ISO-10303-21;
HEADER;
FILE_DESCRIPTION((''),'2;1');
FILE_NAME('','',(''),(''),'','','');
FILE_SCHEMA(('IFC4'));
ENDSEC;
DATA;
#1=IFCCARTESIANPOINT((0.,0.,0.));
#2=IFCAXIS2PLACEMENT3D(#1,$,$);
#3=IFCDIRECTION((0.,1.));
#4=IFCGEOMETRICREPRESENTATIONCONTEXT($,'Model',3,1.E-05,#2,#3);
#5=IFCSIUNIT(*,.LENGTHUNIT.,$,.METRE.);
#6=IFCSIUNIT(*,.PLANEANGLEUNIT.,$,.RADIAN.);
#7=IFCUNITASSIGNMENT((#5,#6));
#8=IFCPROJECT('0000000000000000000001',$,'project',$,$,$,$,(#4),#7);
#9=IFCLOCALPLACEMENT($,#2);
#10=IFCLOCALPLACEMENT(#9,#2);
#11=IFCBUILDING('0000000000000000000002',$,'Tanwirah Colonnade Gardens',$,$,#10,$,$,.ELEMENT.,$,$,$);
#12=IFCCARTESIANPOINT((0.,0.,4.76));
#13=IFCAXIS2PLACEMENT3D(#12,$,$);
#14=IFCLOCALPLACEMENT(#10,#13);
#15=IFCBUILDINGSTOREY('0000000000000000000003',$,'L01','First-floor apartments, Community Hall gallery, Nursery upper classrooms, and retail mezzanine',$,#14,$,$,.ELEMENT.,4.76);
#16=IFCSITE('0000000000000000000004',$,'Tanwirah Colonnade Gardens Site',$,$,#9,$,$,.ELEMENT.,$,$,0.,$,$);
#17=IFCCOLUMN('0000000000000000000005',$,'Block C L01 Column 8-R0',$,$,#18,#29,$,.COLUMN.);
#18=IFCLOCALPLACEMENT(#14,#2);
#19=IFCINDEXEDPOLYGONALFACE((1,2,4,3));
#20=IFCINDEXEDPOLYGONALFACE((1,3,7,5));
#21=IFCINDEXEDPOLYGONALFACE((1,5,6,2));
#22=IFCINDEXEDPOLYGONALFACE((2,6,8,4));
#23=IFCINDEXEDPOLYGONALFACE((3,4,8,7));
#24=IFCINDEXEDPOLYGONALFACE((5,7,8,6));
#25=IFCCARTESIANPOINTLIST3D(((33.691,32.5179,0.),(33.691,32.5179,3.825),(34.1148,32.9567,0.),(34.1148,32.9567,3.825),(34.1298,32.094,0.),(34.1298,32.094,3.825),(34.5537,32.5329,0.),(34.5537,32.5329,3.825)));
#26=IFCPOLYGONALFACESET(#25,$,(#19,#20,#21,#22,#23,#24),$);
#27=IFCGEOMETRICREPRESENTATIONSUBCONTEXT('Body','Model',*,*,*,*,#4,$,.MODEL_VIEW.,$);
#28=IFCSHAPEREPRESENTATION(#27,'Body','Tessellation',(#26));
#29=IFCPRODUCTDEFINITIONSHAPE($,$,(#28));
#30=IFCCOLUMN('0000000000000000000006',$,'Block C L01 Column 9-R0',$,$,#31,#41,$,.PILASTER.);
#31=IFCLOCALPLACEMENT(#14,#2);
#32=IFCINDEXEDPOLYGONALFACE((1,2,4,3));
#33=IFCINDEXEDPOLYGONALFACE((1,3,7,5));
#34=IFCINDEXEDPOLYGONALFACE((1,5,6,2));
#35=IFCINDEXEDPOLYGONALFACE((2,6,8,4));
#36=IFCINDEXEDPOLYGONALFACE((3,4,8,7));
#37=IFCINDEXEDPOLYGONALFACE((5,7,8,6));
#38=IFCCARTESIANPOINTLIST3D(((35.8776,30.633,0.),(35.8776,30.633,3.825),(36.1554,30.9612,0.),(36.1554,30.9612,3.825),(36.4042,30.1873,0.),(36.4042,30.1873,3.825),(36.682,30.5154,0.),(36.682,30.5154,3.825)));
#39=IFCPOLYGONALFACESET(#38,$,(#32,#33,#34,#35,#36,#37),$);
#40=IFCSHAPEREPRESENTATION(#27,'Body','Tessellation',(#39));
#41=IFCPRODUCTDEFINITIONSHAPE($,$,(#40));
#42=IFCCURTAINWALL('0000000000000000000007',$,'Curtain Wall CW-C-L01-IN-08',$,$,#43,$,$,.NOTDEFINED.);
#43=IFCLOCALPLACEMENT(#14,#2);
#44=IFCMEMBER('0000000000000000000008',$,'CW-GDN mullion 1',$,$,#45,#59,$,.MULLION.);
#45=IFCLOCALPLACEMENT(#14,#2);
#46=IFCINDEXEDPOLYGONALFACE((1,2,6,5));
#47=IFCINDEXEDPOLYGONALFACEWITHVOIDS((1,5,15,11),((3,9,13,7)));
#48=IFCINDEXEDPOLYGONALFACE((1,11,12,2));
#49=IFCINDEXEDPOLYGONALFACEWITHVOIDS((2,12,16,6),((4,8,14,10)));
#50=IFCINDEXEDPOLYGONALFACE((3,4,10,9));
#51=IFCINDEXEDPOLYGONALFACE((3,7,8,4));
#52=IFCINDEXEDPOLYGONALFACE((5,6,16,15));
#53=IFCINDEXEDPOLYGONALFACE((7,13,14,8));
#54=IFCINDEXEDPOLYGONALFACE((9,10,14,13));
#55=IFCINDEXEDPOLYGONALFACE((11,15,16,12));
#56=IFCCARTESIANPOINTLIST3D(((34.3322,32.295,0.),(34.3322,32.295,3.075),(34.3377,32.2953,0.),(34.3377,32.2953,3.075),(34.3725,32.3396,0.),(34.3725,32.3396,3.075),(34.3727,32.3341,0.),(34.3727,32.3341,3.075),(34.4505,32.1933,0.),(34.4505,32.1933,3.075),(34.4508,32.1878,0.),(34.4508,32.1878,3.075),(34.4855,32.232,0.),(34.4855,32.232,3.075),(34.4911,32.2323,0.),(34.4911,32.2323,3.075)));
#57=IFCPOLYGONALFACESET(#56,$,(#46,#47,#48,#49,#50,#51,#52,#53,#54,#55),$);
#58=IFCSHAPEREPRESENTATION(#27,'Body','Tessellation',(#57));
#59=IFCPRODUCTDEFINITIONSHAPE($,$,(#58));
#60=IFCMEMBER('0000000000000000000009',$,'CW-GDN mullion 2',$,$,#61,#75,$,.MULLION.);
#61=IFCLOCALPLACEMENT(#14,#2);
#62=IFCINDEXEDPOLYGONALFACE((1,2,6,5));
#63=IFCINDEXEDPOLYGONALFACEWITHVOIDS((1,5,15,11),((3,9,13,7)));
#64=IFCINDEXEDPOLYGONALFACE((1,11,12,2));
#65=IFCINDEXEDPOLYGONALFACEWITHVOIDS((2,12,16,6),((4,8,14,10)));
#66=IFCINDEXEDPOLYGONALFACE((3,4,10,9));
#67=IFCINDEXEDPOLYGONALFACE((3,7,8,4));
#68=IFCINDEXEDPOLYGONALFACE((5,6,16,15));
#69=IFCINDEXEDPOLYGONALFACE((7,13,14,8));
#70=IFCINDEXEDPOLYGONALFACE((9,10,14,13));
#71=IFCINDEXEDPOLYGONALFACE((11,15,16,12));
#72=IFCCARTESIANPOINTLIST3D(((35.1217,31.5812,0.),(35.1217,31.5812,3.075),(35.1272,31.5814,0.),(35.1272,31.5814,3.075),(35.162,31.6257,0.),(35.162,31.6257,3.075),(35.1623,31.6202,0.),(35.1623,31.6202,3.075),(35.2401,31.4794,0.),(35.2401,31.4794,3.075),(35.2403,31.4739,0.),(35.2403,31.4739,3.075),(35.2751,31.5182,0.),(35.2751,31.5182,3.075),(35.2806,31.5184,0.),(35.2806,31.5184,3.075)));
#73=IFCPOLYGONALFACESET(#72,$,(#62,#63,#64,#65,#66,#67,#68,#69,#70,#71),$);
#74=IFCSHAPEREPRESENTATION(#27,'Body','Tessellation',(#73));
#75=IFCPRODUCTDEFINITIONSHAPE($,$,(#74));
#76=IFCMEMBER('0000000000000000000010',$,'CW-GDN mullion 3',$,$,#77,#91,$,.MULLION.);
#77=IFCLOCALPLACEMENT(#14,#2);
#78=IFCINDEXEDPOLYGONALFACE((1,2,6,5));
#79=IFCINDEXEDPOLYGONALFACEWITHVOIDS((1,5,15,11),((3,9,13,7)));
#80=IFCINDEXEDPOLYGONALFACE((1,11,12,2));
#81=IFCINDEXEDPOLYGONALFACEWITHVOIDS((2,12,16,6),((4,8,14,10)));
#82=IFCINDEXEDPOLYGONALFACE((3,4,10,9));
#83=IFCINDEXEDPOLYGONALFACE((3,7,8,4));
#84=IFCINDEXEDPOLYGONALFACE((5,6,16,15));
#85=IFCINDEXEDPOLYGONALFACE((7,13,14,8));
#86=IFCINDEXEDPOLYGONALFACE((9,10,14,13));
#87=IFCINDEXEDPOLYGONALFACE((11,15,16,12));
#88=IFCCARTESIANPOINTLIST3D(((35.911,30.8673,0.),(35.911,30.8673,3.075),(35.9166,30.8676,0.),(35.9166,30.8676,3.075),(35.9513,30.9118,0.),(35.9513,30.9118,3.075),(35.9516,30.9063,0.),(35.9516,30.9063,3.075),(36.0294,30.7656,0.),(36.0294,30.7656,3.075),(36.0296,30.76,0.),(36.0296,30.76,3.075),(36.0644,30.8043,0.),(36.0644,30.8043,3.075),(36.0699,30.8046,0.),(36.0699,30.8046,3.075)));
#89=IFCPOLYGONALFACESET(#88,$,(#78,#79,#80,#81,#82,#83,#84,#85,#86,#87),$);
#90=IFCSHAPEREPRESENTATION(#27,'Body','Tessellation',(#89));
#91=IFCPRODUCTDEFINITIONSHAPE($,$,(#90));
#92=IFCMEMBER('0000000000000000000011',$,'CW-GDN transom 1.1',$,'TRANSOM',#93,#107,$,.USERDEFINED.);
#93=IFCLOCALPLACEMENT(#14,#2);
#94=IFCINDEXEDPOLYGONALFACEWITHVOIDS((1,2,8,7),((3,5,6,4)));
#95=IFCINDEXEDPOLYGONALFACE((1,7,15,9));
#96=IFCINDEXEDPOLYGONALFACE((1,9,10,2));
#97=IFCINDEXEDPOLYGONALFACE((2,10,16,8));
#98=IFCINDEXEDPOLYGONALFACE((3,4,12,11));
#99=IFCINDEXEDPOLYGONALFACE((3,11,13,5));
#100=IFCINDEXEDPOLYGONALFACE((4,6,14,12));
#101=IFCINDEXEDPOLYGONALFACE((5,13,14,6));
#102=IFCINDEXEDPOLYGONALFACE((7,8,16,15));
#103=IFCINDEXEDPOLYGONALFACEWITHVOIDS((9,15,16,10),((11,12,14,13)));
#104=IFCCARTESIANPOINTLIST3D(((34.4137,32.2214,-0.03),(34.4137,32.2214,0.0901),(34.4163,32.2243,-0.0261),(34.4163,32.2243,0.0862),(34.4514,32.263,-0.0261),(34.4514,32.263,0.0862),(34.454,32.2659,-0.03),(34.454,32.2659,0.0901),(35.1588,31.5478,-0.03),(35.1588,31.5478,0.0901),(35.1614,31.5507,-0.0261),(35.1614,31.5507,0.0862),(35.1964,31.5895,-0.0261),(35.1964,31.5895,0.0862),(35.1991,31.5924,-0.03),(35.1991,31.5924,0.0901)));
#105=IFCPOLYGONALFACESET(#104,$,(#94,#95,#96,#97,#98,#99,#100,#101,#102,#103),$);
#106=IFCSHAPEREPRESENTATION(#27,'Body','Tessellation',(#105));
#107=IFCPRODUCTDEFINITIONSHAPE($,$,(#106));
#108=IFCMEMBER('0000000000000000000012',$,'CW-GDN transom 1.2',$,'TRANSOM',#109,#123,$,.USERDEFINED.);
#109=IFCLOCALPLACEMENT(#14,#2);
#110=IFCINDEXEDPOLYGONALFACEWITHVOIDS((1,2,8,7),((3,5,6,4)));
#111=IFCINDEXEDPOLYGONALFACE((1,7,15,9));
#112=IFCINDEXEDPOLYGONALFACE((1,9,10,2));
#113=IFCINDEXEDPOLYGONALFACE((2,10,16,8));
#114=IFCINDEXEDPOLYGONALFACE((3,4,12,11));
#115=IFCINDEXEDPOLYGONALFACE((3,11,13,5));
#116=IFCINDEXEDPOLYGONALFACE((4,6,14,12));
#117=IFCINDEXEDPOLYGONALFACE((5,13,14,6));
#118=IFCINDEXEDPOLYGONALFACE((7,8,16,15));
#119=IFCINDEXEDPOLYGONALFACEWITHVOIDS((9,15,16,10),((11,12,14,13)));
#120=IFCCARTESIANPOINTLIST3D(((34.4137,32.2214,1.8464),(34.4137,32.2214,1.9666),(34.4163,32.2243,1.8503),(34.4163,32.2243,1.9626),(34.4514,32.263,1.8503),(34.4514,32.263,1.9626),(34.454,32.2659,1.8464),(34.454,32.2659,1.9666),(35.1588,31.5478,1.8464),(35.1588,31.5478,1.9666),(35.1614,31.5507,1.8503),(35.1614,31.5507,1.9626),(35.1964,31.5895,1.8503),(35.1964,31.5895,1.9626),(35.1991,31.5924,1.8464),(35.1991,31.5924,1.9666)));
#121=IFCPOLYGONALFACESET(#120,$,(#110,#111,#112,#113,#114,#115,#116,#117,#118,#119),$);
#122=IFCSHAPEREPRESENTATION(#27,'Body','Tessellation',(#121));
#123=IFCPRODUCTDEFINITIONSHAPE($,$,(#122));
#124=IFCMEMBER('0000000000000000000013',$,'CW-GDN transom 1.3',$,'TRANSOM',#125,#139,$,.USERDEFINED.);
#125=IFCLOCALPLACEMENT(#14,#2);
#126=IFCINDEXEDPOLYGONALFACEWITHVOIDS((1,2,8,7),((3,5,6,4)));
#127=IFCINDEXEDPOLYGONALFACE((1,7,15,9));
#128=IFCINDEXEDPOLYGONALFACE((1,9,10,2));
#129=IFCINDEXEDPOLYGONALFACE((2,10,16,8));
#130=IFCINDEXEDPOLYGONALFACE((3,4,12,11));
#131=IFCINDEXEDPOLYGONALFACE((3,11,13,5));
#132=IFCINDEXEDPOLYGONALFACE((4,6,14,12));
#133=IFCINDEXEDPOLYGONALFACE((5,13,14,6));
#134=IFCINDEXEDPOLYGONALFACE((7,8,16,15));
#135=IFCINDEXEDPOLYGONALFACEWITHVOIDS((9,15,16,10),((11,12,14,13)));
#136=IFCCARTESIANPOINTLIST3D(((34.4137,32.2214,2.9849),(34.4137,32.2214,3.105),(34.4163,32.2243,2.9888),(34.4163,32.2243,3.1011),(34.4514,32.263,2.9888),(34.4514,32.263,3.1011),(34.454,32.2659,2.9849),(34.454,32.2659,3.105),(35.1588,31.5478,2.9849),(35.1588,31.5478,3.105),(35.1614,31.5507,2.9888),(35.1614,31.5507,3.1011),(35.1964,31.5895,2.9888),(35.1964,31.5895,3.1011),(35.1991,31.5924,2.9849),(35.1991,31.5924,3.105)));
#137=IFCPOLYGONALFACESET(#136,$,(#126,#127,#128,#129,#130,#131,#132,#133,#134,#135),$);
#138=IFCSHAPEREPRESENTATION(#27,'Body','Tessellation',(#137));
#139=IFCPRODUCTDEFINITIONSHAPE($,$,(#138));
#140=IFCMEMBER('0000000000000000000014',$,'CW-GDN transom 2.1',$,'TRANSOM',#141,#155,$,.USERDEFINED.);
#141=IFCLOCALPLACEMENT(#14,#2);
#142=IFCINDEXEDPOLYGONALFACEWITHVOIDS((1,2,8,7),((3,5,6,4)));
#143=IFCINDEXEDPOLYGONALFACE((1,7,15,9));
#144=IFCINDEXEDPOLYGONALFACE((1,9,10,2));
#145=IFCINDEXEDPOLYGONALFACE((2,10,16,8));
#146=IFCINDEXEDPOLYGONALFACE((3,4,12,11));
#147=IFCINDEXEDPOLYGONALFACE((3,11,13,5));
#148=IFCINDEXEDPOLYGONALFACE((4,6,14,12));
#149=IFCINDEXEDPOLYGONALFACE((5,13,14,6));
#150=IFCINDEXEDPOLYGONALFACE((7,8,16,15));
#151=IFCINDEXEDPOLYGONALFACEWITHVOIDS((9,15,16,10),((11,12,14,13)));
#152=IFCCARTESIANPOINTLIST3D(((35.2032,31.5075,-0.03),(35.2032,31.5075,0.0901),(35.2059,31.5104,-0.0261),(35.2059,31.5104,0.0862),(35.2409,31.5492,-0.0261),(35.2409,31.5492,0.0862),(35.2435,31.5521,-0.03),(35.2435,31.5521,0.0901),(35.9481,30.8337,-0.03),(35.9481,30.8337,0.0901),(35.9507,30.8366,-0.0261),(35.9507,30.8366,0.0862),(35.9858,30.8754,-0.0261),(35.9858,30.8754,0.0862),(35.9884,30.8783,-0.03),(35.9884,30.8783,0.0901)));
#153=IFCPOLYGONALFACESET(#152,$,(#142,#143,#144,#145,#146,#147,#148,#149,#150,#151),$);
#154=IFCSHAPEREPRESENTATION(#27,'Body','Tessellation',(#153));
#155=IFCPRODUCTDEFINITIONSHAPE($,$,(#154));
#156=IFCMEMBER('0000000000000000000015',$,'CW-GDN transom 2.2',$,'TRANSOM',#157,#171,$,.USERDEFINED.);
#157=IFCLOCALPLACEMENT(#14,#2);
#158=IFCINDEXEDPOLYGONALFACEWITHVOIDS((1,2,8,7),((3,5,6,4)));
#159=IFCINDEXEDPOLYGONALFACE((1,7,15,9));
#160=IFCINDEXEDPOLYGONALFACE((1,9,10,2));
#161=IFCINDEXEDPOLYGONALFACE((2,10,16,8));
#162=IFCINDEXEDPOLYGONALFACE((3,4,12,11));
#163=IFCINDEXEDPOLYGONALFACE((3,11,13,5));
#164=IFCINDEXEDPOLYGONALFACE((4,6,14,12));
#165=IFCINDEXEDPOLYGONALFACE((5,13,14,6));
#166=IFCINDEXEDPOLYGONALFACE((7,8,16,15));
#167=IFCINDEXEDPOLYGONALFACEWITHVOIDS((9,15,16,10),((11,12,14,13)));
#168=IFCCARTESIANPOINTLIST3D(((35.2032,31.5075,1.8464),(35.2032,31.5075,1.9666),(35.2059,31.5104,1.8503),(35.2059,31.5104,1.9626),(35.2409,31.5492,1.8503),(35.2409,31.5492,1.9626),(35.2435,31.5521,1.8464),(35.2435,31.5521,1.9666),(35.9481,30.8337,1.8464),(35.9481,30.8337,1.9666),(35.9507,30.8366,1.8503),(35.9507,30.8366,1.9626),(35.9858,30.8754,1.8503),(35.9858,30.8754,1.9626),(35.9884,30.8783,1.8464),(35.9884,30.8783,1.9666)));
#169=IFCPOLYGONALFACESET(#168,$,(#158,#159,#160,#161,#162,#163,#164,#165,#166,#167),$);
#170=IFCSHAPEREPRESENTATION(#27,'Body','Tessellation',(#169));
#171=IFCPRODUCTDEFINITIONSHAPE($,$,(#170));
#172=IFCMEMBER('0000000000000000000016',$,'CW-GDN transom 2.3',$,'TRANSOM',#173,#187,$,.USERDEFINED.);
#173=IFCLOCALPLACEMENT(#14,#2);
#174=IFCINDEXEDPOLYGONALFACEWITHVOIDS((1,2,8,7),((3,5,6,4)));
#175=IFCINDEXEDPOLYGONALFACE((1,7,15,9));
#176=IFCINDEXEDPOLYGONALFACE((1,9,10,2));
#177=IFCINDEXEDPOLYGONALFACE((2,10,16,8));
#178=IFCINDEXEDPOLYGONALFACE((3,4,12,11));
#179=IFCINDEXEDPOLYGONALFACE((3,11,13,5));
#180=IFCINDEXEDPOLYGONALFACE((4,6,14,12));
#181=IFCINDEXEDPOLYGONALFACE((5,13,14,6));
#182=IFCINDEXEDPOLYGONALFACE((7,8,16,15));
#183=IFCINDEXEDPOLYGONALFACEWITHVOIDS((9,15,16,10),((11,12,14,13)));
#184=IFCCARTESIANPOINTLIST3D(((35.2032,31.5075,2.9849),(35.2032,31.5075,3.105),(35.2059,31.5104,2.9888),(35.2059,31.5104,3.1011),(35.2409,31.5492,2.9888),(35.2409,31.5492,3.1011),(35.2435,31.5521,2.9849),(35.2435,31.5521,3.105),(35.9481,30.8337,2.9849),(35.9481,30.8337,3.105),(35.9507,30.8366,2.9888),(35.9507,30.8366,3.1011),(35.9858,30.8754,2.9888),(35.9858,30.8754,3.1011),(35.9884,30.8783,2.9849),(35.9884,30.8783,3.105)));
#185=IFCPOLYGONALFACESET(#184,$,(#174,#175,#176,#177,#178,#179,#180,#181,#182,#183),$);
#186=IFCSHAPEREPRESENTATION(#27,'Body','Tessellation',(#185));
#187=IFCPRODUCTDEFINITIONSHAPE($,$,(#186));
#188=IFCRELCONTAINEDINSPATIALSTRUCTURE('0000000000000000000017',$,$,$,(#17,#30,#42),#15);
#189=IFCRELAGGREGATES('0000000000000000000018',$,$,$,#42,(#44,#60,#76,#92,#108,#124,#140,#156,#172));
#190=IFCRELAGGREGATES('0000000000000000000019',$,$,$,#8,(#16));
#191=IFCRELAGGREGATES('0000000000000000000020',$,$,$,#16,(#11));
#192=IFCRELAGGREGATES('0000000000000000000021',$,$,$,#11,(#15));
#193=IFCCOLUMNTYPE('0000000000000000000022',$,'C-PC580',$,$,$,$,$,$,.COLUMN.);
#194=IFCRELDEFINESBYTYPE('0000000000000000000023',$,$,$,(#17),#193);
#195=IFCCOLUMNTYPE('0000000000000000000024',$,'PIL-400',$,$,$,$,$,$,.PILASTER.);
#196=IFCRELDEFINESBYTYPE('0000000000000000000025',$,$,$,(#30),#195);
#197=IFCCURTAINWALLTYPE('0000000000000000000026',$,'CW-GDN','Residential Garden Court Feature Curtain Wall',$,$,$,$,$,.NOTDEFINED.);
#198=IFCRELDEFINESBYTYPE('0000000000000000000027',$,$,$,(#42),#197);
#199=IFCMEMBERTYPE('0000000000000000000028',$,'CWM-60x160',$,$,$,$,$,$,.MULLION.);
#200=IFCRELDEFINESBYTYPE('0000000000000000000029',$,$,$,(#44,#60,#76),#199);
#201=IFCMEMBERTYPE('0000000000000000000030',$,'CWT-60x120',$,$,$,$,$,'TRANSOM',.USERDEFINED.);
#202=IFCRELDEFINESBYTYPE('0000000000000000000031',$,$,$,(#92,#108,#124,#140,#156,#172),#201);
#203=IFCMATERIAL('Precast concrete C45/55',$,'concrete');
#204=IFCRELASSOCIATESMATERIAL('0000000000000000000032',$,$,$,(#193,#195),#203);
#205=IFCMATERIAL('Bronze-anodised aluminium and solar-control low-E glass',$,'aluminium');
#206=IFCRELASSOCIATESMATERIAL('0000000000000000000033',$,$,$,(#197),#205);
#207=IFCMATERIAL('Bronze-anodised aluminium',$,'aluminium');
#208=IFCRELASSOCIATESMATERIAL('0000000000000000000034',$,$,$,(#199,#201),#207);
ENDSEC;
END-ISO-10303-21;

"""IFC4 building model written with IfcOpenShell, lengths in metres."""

from ifc_helpers import new_model, si_unit, direction, frame, origin, origin_2d, place, context, subcontext, project, spatial, rectangle, hollow_rectangle, extrude, material, material_profile, profile_set, type_object, element, aggregate, save


model = new_model("IFC4")

# Units and contexts
model_context = context("Model", 3, precision=1e-05, world=origin(), true_north=direction((0.0, 1.0)))
body_context = subcontext(model_context, "Body", "Model", "MODEL_VIEW")
ifc_project = project(units=[si_unit("LENGTHUNIT", "METRE"), si_unit("PLANEANGLEUNIT", "RADIAN")], contexts=[model_context])

# Site, building, storey
site_placement = place(None, origin())
site = spatial("IfcSite", under=ifc_project, at=site_placement, Name="Tanwirah Colonnade Gardens Site", CompositionType="ELEMENT", RefElevation=0.0)
building_placement = place(site_placement, origin())
building = spatial("IfcBuilding", under=site, at=building_placement, Name="Tanwirah Colonnade Gardens", CompositionType="ELEMENT")
storey_placement = place(building_placement, frame((0.0, 0.0, 4.76)))
storey = spatial("IfcBuildingStorey", under=building, at=storey_placement, Name="L01", Description="First-floor apartments, Community Hall gallery, Nursery upper classrooms, and retail mezzanine", CompositionType="ELEMENT", Elevation=4.76)

# Columns
ifc_material_1 = material(Name="Precast concrete C45/55", Category="concrete")
ifc_material_profile_1 = material_profile(ifc_material_1, rectangle(XDim=0.6101, YDim=0.6101, at=origin_2d()), Name="PC-COL 610x610")
ifc_profile_set_1 = profile_set([ifc_material_profile_1], Name="Precast concrete C45/55")
column_type_1 = type_object("IfcColumnType", Name="C-PC580", PredefinedType="COLUMN", material=ifc_profile_set_1)
column_1_placement = place(storey_placement, frame((34.1223, 32.5254, 0.0), z_axis=(0.0, 0.0, 1.0), x_axis=(-0.694658, -0.71934, 0.0)))
element("IfcColumn", 1, at=column_1_placement, inside=storey, type_object=column_type_1, Name="Block C L01 Column 8-R0", PredefinedType="COLUMN", context=body_context, shape_type="SweptSolid", body=[
    extrude(rectangle(XDim=0.6101, YDim=0.6101, at=origin_2d()), origin(), (0.0, 0.0, 1.0), 3.825),
])
ifc_material_profile_2 = material_profile(ifc_material_1, rectangle(XDim=0.4299, YDim=0.6899, at=origin_2d()), Name="PC-PIL 430x690")
ifc_profile_set_2 = profile_set([ifc_material_profile_2], Name="Precast concrete C45/55")
column_type_2 = type_object("IfcColumnType", Name="PIL-400", PredefinedType="PILASTER", material=ifc_profile_set_2)
column_2_placement = place(storey_placement, frame((36.2798, 30.5742, 0.0), z_axis=(0.0, 0.0, 1.0), x_axis=(-0.646124, -0.763232, 0.0)))
element("IfcColumn", 2, at=column_2_placement, inside=storey, type_object=column_type_2, Name="Block C L01 Column 9-R0", PredefinedType="PILASTER", context=body_context, shape_type="SweptSolid", body=[
    extrude(rectangle(XDim=0.4299, YDim=0.6899, at=origin_2d()), origin(), (0.0, 0.0, 1.0), 3.825),
])

# Curtain wall, members
ifc_material_2 = material(Name="Bronze-anodised aluminium and solar-control low-E glass", Category="aluminium")
curtain_wall_type = type_object("IfcCurtainWallType", Name="CW-GDN", Description="Residential Garden Court Feature Curtain Wall", PredefinedType="NOTDEFINED", material=ifc_material_2)
curtain_wall_placement = place(storey_placement, origin())
curtain_wall = element("IfcCurtainWall", 3, at=curtain_wall_placement, inside=storey, type_object=curtain_wall_type, Name="Curtain Wall CW-C-L01-IN-08", PredefinedType="NOTDEFINED")
ifc_material_3 = material(Name="Bronze-anodised aluminium", Category="aluminium")
ifc_material_profile_3 = material_profile(ifc_material_3, hollow_rectangle(XDim=0.0601, YDim=0.1599, WallThickness=0.0039, at=origin_2d()), Name="CW-MUL 60x160x4")
ifc_profile_set_3 = profile_set([ifc_material_profile_3], Name="Bronze-anodised aluminium")
member_type_1 = type_object("IfcMemberType", Name="CWM-60x160", PredefinedType="MULLION", material=ifc_profile_set_3)
member_1_placement = place(storey_placement, frame((34.4116, 32.2637, 0.0), z_axis=(0.0, 0.0, 1.0), x_axis=(0.670751, 0.741683, 0.0)))
member_1 = element("IfcMember", 4, at=member_1_placement, type_object=member_type_1, Name="CW-GDN mullion 1", PredefinedType="MULLION", context=body_context, shape_type="SweptSolid", body=[
    extrude(hollow_rectangle(XDim=0.0601, YDim=0.1599, WallThickness=0.0039, at=origin_2d()), origin(), (0.0, 0.0, 1.0), 3.075),
])
member_2_placement = place(storey_placement, frame((35.2012, 31.5498, 0.0), z_axis=(0.0, 0.0, 1.0), x_axis=(0.670751, 0.741683, 0.0)))
member_2 = element("IfcMember", 5, at=member_2_placement, type_object=member_type_1, Name="CW-GDN mullion 2", PredefinedType="MULLION", context=body_context, shape_type="SweptSolid", body=[
    extrude(hollow_rectangle(XDim=0.0601, YDim=0.1599, WallThickness=0.0039, at=origin_2d()), origin(), (0.0, 0.0, 1.0), 3.075),
])
member_3_placement = place(storey_placement, frame((35.9905, 30.8359, 0.0), z_axis=(0.0, 0.0, 1.0), x_axis=(0.670751, 0.741683, 0.0)))
member_3 = element("IfcMember", 6, at=member_3_placement, type_object=member_type_1, Name="CW-GDN mullion 3", PredefinedType="MULLION", context=body_context, shape_type="SweptSolid", body=[
    extrude(hollow_rectangle(XDim=0.0601, YDim=0.1599, WallThickness=0.0039, at=origin_2d()), origin(), (0.0, 0.0, 1.0), 3.075),
])
ifc_material_profile_4 = material_profile(ifc_material_3, hollow_rectangle(XDim=0.0601, YDim=0.1201, WallThickness=0.0039, at=origin_2d()), Name="CW-TRN 60x120x4")
ifc_profile_set_4 = profile_set([ifc_material_profile_4], Name="Bronze-anodised aluminium")
member_type_2 = type_object("IfcMemberType", Name="CWT-60x120", ElementType="TRANSOM", PredefinedType="USERDEFINED", material=ifc_profile_set_4)
member_4_placement = place(storey_placement, frame((34.4338, 32.2437, 0.03), z_axis=(0.741818, -0.670601, 0.0), x_axis=(0.670601, 0.741818, 0.0)))
member_4 = element("IfcMember", 7, at=member_4_placement, type_object=member_type_2, Name="CW-GDN transom 1.1", ObjectType="TRANSOM", PredefinedType="USERDEFINED", context=body_context, shape_type="SweptSolid", body=[
    extrude(hollow_rectangle(XDim=0.0601, YDim=0.1201, WallThickness=0.0039, at=origin_2d()), origin(), (0.0, 0.0, 1.0), 1.0044),
])
member_5_placement = place(storey_placement, frame((34.4338, 32.2437, 1.9065), z_axis=(0.741818, -0.670601, 0.0), x_axis=(0.670601, 0.741818, 0.0)))
member_5 = element("IfcMember", 8, at=member_5_placement, type_object=member_type_2, Name="CW-GDN transom 1.2", ObjectType="TRANSOM", PredefinedType="USERDEFINED", context=body_context, shape_type="SweptSolid", body=[
    extrude(hollow_rectangle(XDim=0.0601, YDim=0.1201, WallThickness=0.0039, at=origin_2d()), origin(), (0.0, 0.0, 1.0), 1.0044),
])
member_6_placement = place(storey_placement, frame((34.4338, 32.2437, 3.0449), z_axis=(0.741818, -0.670601, 0.0), x_axis=(0.670601, 0.741818, 0.0)))
member_6 = element("IfcMember", 9, at=member_6_placement, type_object=member_type_2, Name="CW-GDN transom 1.3", ObjectType="TRANSOM", PredefinedType="USERDEFINED", context=body_context, shape_type="SweptSolid", body=[
    extrude(hollow_rectangle(XDim=0.0601, YDim=0.1201, WallThickness=0.0039, at=origin_2d()), origin(), (0.0, 0.0, 1.0), 1.0044),
])
member_7_placement = place(storey_placement, frame((35.2234, 31.5298, 0.03), z_axis=(0.741588, -0.670856, 0.0), x_axis=(0.670856, 0.741588, 0.0)))
member_7 = element("IfcMember", 10, at=member_7_placement, type_object=member_type_2, Name="CW-GDN transom 2.1", ObjectType="TRANSOM", PredefinedType="USERDEFINED", context=body_context, shape_type="SweptSolid", body=[
    extrude(hollow_rectangle(XDim=0.0601, YDim=0.1201, WallThickness=0.0039, at=origin_2d()), origin(), (0.0, 0.0, 1.0), 1.0044),
])
member_8_placement = place(storey_placement, frame((35.2234, 31.5298, 1.9065), z_axis=(0.741588, -0.670856, 0.0), x_axis=(0.670856, 0.741588, 0.0)))
member_8 = element("IfcMember", 11, at=member_8_placement, type_object=member_type_2, Name="CW-GDN transom 2.2", ObjectType="TRANSOM", PredefinedType="USERDEFINED", context=body_context, shape_type="SweptSolid", body=[
    extrude(hollow_rectangle(XDim=0.0601, YDim=0.1201, WallThickness=0.0039, at=origin_2d()), origin(), (0.0, 0.0, 1.0), 1.0044),
])
member_9_placement = place(storey_placement, frame((35.2234, 31.5298, 3.0449), z_axis=(0.741588, -0.670856, 0.0), x_axis=(0.670856, 0.741588, 0.0)))
member_9 = element("IfcMember", 12, at=member_9_placement, type_object=member_type_2, Name="CW-GDN transom 2.3", ObjectType="TRANSOM", PredefinedType="USERDEFINED", context=body_context, shape_type="SweptSolid", body=[
    extrude(hollow_rectangle(XDim=0.0601, YDim=0.1201, WallThickness=0.0039, at=origin_2d()), origin(), (0.0, 0.0, 1.0), 1.0044),
])

aggregate(curtain_wall, [member_1, member_2, member_3, member_4, member_5, member_6, member_7, member_8, member_9])

save(model, "model.ifc")
